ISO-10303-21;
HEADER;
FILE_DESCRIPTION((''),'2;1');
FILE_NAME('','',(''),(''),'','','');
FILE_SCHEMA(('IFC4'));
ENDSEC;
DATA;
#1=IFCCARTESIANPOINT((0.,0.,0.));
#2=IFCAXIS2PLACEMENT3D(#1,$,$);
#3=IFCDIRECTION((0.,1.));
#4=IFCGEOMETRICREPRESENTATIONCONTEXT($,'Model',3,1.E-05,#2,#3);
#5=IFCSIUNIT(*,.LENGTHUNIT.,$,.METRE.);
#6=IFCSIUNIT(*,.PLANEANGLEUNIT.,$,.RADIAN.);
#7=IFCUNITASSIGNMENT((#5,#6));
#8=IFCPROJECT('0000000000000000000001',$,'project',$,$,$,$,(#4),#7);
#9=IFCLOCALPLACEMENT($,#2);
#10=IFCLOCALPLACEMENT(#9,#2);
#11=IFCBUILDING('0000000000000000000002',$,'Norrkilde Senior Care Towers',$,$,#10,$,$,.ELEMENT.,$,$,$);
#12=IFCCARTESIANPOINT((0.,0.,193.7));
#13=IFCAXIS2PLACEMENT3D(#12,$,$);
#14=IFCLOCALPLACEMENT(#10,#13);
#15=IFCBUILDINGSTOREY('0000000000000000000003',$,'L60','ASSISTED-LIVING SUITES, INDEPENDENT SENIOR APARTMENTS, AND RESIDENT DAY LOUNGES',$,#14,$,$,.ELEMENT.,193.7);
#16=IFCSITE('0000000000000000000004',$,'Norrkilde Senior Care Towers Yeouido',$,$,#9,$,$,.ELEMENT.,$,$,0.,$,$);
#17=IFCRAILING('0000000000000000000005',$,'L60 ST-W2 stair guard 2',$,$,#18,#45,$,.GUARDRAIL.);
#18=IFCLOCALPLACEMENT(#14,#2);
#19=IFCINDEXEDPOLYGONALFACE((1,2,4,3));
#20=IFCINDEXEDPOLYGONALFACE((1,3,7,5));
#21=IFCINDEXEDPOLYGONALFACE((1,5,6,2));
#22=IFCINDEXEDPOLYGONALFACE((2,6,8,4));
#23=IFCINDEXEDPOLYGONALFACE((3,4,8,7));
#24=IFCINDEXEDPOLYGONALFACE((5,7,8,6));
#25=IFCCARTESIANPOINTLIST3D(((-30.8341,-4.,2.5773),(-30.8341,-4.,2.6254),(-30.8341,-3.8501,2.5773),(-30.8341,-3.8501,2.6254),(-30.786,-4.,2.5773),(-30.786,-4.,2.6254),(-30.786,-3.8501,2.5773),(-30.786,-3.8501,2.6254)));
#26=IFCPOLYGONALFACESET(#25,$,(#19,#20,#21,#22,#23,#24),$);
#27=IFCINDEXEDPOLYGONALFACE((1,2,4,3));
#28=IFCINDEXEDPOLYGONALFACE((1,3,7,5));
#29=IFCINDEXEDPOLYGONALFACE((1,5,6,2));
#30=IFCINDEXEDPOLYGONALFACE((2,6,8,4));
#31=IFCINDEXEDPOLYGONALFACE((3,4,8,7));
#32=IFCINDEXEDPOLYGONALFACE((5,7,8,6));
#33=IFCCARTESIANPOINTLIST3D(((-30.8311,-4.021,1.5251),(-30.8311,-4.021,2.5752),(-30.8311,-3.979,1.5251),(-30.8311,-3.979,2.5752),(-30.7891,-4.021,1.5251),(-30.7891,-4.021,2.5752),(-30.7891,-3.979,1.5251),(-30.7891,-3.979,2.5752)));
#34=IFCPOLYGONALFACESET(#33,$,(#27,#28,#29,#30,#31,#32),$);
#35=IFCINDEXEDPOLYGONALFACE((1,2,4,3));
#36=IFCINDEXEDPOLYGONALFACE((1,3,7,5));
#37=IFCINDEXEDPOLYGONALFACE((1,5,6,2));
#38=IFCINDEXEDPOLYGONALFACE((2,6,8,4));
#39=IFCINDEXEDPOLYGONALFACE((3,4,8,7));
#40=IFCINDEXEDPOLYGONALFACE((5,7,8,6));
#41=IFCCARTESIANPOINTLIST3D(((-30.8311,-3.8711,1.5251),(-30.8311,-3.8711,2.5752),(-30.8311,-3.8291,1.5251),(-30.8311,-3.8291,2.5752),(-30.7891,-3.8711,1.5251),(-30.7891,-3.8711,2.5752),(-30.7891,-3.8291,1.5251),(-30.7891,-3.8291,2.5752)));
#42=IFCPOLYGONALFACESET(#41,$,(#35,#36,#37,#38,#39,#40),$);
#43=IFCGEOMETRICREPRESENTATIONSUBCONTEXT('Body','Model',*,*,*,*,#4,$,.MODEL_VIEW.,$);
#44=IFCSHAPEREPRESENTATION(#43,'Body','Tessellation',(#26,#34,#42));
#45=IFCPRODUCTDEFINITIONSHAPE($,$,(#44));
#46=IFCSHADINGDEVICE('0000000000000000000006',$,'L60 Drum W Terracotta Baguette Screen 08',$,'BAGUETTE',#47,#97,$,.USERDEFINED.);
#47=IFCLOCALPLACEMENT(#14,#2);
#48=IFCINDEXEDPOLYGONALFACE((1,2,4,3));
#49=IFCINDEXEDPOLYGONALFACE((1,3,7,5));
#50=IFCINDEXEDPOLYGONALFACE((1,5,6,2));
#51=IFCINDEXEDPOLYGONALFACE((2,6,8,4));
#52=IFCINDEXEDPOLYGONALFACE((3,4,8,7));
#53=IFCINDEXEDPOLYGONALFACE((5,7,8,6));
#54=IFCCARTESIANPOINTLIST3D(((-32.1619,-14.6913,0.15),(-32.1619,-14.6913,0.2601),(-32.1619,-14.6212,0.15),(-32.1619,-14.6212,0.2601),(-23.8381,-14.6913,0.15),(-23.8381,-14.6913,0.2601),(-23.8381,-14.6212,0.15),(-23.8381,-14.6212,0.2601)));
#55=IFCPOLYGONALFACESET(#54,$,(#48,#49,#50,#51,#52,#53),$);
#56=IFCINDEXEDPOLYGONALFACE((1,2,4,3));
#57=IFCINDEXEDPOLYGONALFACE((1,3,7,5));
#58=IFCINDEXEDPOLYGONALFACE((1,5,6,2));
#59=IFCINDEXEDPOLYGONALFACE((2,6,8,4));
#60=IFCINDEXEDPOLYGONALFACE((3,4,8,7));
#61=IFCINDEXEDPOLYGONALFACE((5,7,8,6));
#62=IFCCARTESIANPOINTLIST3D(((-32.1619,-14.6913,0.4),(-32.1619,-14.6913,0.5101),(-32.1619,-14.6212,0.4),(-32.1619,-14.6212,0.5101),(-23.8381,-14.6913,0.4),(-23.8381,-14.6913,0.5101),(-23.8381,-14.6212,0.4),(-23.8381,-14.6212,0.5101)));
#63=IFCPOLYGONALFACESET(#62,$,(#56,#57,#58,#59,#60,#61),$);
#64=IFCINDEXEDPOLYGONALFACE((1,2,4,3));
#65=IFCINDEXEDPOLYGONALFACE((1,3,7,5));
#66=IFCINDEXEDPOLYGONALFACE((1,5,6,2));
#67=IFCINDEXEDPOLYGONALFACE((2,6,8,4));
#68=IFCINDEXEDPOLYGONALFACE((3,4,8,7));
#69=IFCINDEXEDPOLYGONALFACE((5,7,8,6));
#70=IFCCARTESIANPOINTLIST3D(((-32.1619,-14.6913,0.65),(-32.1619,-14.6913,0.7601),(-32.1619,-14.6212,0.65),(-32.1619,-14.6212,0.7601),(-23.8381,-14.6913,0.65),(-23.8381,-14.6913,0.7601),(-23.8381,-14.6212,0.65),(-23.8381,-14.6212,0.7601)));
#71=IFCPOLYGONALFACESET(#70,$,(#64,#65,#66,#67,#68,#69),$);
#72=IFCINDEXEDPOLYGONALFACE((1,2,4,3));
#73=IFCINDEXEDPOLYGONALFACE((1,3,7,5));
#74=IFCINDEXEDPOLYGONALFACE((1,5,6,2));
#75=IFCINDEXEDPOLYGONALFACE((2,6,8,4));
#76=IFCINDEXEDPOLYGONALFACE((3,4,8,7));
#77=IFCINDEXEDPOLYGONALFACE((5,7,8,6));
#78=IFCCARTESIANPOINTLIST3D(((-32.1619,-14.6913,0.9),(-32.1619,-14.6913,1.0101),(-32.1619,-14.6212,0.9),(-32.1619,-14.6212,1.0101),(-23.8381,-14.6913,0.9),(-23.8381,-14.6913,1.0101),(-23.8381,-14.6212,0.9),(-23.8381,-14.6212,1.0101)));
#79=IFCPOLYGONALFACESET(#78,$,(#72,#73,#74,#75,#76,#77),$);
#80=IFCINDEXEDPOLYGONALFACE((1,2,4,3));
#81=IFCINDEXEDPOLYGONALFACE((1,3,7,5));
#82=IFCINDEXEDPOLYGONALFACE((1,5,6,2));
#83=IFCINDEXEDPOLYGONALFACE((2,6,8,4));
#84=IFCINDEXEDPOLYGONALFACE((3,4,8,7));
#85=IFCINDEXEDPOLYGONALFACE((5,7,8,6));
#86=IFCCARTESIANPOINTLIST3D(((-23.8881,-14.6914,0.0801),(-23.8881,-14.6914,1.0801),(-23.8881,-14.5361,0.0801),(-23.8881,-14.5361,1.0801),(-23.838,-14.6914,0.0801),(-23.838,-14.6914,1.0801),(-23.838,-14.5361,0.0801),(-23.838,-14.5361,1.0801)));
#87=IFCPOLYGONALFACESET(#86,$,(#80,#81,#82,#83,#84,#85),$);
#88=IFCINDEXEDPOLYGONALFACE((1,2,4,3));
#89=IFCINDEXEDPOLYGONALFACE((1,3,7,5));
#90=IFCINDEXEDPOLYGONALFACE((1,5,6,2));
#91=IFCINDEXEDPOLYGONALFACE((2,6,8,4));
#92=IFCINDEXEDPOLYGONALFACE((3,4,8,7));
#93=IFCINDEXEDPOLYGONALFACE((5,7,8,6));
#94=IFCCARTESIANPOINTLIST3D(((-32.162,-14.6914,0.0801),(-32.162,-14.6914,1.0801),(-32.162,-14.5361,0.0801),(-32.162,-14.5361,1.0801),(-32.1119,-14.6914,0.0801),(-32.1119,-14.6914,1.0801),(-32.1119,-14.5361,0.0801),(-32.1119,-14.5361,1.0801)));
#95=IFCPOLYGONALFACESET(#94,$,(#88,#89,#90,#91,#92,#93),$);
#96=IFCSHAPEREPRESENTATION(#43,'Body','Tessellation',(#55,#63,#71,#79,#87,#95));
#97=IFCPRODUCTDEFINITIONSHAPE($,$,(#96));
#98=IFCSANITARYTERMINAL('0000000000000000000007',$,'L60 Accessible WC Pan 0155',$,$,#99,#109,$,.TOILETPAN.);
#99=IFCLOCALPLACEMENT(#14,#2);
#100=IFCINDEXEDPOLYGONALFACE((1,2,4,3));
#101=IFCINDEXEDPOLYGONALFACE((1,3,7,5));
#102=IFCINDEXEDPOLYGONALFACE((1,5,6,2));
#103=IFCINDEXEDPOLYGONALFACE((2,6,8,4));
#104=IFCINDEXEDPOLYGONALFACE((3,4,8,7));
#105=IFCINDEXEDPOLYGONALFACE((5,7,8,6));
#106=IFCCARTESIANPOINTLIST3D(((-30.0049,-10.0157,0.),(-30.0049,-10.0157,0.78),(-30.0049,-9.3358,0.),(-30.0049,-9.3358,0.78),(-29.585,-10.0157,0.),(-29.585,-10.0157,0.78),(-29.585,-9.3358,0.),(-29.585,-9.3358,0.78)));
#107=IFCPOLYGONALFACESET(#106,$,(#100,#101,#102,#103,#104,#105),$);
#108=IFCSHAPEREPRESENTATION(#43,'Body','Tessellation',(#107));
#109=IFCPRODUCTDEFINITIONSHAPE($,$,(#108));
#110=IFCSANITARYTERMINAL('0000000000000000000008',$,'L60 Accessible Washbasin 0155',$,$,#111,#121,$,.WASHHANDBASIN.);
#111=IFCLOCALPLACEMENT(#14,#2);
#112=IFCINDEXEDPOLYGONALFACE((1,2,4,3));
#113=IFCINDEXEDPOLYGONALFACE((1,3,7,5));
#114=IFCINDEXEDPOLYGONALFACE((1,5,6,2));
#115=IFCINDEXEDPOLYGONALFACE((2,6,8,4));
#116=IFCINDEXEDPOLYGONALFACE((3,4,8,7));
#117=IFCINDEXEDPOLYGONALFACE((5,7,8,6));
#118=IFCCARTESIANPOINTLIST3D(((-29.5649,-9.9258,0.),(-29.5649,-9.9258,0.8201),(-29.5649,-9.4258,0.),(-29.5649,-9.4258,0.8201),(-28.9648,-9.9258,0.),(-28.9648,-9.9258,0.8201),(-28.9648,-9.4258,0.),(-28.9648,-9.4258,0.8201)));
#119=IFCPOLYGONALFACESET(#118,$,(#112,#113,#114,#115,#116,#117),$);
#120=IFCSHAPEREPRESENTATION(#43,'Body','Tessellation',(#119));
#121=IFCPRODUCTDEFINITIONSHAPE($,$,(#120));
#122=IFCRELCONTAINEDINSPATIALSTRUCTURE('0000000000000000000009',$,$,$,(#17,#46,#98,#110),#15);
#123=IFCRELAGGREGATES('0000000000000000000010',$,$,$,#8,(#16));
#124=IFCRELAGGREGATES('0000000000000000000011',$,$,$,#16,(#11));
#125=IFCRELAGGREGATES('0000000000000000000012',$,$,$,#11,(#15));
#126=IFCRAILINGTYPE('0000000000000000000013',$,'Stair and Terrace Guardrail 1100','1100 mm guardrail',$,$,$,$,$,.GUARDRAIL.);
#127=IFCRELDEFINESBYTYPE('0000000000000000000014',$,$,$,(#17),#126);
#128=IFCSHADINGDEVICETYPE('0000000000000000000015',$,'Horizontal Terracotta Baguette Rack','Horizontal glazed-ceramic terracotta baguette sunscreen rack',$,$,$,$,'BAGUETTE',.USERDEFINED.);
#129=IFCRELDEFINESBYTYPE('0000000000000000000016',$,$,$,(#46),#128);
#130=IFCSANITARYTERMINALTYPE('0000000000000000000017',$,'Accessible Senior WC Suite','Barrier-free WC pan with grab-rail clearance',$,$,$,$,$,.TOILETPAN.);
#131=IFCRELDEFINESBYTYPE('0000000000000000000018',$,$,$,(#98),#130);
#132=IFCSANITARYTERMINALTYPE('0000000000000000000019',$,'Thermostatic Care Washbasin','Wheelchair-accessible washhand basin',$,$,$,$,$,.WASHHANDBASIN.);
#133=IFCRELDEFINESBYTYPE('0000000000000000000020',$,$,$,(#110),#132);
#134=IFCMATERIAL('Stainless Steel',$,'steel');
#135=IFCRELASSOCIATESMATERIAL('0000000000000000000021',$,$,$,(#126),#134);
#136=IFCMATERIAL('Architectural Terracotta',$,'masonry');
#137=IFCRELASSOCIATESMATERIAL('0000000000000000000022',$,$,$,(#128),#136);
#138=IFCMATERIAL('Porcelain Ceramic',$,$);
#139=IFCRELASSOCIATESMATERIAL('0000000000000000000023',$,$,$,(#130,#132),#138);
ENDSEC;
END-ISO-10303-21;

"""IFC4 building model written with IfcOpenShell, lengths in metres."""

from ifc_helpers import new_model, si_unit, direction, frame, origin, origin_2d, place, context, subcontext, project, spatial, rectangle, extrude, source, transform, mapped, material, type_object, type_shapes, element, save


model = new_model("IFC4")

# Units and contexts
model_context = context("Model", 3, precision=1e-05, world=origin(), true_north=direction((0.0, 1.0)))
body_context = subcontext(model_context, "Body", "Model", "MODEL_VIEW")
ifc_project = project(units=[si_unit("LENGTHUNIT", "METRE"), si_unit("PLANEANGLEUNIT", "RADIAN")], contexts=[model_context])

# Site, building, storey
site_placement = place(None, origin())
site = spatial("IfcSite", under=ifc_project, at=site_placement, Name="Norrkilde Senior Care Towers Yeouido", CompositionType="ELEMENT", RefElevation=0.0)
building_placement = place(site_placement, origin())
building = spatial("IfcBuilding", under=site, at=building_placement, Name="Norrkilde Senior Care Towers", CompositionType="ELEMENT")
storey_placement = place(building_placement, frame((0.0, 0.0, 193.7)))
storey = spatial("IfcBuildingStorey", under=building, at=storey_placement, Name="L60", Description="ASSISTED-LIVING SUITES, INDEPENDENT SENIOR APARTMENTS, AND RESIDENT DAY LOUNGES", CompositionType="ELEMENT", Elevation=193.7)

# Shared definitions
ifc_material_1 = material(Name="Stainless Steel", Category="steel")

# Railing
railing_type = type_object("IfcRailingType", Name="Stair and Terrace Guardrail 1100", Description="1100 mm guardrail", PredefinedType="GUARDRAIL", material=ifc_material_1)
railing_placement = place(storey_placement, frame((-30.8101, -4.0, 1.5251)))
element("IfcRailing", 1, at=railing_placement, inside=storey, type_object=railing_type, Name="L60 ST-W2 stair guard 2", PredefinedType="GUARDRAIL", context=body_context, shape_type="SweptSolid", body=[
    extrude(rectangle(XDim=0.0481, YDim=0.0481, at=origin_2d()), frame((0.0, 0.0, 1.0762), z_axis=(0.0, 1.0, 0.0), x_axis=(-1.0, 0.0, 0.0)), (0.0, 0.0, 1.0), 0.1499),
    extrude(rectangle(XDim=0.042, YDim=0.042, at=origin_2d()), origin(), (0.0, 0.0, 1.0), 1.05),
    extrude(rectangle(XDim=0.042, YDim=0.042, at=origin_2d()), frame((0.0, 0.1499, 0.0)), (0.0, 0.0, 1.0), 1.05),
])

# Shading device
ifc_material_2 = material(Name="Architectural Terracotta", Category="masonry")
shading_device_type = type_object("IfcShadingDeviceType", Name="Horizontal Terracotta Baguette Rack", Description="Horizontal glazed-ceramic terracotta baguette sunscreen rack", ElementType="BAGUETTE", PredefinedType="USERDEFINED", material=ifc_material_2)
shared_shape_1 = source(origin(), body_context, "Body", "SweptSolid", [
    extrude(rectangle(XDim=0.0701, YDim=0.1101, at=origin_2d()), frame((0.0, 0.0901, 0.125), z_axis=(1.0, 0.0, 0.0), x_axis=(0.0, 1.0, 0.0)), (0.0, 0.0, 1.0), 8.3237),
    extrude(rectangle(XDim=0.0701, YDim=0.1101, at=origin_2d()), frame((0.0, 0.0901, 0.375), z_axis=(1.0, 0.0, 0.0), x_axis=(0.0, 1.0, 0.0)), (0.0, 0.0, 1.0), 8.3237),
    extrude(rectangle(XDim=0.0701, YDim=0.1101, at=origin_2d()), frame((0.0, 0.0901, 0.625), z_axis=(1.0, 0.0, 0.0), x_axis=(0.0, 1.0, 0.0)), (0.0, 0.0, 1.0), 8.3237),
    extrude(rectangle(XDim=0.0701, YDim=0.1101, at=origin_2d()), frame((0.0, 0.0901, 0.875), z_axis=(1.0, 0.0, 0.0), x_axis=(0.0, 1.0, 0.0)), (0.0, 0.0, 1.0), 8.3237),
    extrude(rectangle(XDim=0.05, YDim=0.1553, at=origin_2d()), frame((0.0249, 0.0476, 0.0)), (0.0, 0.0, 1.0), 1.0),
    extrude(rectangle(XDim=0.05, YDim=0.1553, at=origin_2d()), frame((8.2988, 0.0476, 0.0)), (0.0, 0.0, 1.0), 1.0),
])
type_shapes(shading_device_type, [shared_shape_1])
shading_device_placement = place(storey_placement, frame((-23.8381, -14.5662, 0.0801), z_axis=(0.0, 0.0, 1.0), x_axis=(-1.0, 0.0, 0.0)))
element("IfcShadingDevice", 2, at=shading_device_placement, inside=storey, type_object=shading_device_type, Name="L60 Drum W Terracotta Baguette Screen 08", ObjectType="BAGUETTE", PredefinedType="USERDEFINED", context=body_context, shape_type="MappedRepresentation", body=[
    mapped(shared_shape_1, transform((0.0, 0.0, 0.0), x_axis=(1.0, 0.0, 0.0), y_axis=(0.0, 1.0, 0.0), z_axis=(0.0, 0.0, 1.0), scale=1.0)),
])

# Sanitary terminals
ifc_material_3 = material(Name="Porcelain Ceramic")
sanitary_terminal_type_1 = type_object("IfcSanitaryTerminalType", Name="Accessible Senior WC Suite", Description="Barrier-free WC pan with grab-rail clearance", PredefinedType="TOILETPAN", material=ifc_material_3)
shared_shape_2 = source(origin(), body_context, "Body", "SweptSolid", [
    extrude(rectangle(XDim=0.4199, YDim=0.6799, at=origin_2d()), origin(), (0.0, 0.0, 1.0), 0.78),
])
type_shapes(sanitary_terminal_type_1, [shared_shape_2])
sanitary_terminal_1_placement = place(storey_placement, frame((-29.7949, -9.6758, 0.0), z_axis=(0.0, 0.0, 1.0), x_axis=(1.0, 0.0, 0.0)))
element("IfcSanitaryTerminal", 3, at=sanitary_terminal_1_placement, inside=storey, type_object=sanitary_terminal_type_1, Name="L60 Accessible WC Pan 0155", PredefinedType="TOILETPAN", context=body_context, shape_type="MappedRepresentation", body=[
    mapped(shared_shape_2, transform((0.0, 0.0, 0.0), x_axis=(1.0, 0.0, 0.0), y_axis=(0.0, 1.0, 0.0), z_axis=(0.0, 0.0, 1.0), scale=1.0)),
])
sanitary_terminal_type_2 = type_object("IfcSanitaryTerminalType", Name="Thermostatic Care Washbasin", Description="Wheelchair-accessible washhand basin", PredefinedType="WASHHANDBASIN", material=ifc_material_3)
shared_shape_3 = source(origin(), body_context, "Body", "SweptSolid", [
    extrude(rectangle(XDim=0.6001, YDim=0.5, at=origin_2d()), origin(), (0.0, 0.0, 1.0), 0.8201),
])
type_shapes(sanitary_terminal_type_2, [shared_shape_3])
sanitary_terminal_2_placement = place(storey_placement, frame((-29.2649, -9.6758, 0.0), z_axis=(0.0, 0.0, 1.0), x_axis=(1.0, 0.0, 0.0)))
element("IfcSanitaryTerminal", 4, at=sanitary_terminal_2_placement, inside=storey, type_object=sanitary_terminal_type_2, Name="L60 Accessible Washbasin 0155", PredefinedType="WASHHANDBASIN", context=body_context, shape_type="MappedRepresentation", body=[
    mapped(shared_shape_3, transform((0.0, 0.0, 0.0), x_axis=(1.0, 0.0, 0.0), y_axis=(0.0, 1.0, 0.0), z_axis=(0.0, 0.0, 1.0), scale=1.0)),
])

save(model, "model.ifc")
